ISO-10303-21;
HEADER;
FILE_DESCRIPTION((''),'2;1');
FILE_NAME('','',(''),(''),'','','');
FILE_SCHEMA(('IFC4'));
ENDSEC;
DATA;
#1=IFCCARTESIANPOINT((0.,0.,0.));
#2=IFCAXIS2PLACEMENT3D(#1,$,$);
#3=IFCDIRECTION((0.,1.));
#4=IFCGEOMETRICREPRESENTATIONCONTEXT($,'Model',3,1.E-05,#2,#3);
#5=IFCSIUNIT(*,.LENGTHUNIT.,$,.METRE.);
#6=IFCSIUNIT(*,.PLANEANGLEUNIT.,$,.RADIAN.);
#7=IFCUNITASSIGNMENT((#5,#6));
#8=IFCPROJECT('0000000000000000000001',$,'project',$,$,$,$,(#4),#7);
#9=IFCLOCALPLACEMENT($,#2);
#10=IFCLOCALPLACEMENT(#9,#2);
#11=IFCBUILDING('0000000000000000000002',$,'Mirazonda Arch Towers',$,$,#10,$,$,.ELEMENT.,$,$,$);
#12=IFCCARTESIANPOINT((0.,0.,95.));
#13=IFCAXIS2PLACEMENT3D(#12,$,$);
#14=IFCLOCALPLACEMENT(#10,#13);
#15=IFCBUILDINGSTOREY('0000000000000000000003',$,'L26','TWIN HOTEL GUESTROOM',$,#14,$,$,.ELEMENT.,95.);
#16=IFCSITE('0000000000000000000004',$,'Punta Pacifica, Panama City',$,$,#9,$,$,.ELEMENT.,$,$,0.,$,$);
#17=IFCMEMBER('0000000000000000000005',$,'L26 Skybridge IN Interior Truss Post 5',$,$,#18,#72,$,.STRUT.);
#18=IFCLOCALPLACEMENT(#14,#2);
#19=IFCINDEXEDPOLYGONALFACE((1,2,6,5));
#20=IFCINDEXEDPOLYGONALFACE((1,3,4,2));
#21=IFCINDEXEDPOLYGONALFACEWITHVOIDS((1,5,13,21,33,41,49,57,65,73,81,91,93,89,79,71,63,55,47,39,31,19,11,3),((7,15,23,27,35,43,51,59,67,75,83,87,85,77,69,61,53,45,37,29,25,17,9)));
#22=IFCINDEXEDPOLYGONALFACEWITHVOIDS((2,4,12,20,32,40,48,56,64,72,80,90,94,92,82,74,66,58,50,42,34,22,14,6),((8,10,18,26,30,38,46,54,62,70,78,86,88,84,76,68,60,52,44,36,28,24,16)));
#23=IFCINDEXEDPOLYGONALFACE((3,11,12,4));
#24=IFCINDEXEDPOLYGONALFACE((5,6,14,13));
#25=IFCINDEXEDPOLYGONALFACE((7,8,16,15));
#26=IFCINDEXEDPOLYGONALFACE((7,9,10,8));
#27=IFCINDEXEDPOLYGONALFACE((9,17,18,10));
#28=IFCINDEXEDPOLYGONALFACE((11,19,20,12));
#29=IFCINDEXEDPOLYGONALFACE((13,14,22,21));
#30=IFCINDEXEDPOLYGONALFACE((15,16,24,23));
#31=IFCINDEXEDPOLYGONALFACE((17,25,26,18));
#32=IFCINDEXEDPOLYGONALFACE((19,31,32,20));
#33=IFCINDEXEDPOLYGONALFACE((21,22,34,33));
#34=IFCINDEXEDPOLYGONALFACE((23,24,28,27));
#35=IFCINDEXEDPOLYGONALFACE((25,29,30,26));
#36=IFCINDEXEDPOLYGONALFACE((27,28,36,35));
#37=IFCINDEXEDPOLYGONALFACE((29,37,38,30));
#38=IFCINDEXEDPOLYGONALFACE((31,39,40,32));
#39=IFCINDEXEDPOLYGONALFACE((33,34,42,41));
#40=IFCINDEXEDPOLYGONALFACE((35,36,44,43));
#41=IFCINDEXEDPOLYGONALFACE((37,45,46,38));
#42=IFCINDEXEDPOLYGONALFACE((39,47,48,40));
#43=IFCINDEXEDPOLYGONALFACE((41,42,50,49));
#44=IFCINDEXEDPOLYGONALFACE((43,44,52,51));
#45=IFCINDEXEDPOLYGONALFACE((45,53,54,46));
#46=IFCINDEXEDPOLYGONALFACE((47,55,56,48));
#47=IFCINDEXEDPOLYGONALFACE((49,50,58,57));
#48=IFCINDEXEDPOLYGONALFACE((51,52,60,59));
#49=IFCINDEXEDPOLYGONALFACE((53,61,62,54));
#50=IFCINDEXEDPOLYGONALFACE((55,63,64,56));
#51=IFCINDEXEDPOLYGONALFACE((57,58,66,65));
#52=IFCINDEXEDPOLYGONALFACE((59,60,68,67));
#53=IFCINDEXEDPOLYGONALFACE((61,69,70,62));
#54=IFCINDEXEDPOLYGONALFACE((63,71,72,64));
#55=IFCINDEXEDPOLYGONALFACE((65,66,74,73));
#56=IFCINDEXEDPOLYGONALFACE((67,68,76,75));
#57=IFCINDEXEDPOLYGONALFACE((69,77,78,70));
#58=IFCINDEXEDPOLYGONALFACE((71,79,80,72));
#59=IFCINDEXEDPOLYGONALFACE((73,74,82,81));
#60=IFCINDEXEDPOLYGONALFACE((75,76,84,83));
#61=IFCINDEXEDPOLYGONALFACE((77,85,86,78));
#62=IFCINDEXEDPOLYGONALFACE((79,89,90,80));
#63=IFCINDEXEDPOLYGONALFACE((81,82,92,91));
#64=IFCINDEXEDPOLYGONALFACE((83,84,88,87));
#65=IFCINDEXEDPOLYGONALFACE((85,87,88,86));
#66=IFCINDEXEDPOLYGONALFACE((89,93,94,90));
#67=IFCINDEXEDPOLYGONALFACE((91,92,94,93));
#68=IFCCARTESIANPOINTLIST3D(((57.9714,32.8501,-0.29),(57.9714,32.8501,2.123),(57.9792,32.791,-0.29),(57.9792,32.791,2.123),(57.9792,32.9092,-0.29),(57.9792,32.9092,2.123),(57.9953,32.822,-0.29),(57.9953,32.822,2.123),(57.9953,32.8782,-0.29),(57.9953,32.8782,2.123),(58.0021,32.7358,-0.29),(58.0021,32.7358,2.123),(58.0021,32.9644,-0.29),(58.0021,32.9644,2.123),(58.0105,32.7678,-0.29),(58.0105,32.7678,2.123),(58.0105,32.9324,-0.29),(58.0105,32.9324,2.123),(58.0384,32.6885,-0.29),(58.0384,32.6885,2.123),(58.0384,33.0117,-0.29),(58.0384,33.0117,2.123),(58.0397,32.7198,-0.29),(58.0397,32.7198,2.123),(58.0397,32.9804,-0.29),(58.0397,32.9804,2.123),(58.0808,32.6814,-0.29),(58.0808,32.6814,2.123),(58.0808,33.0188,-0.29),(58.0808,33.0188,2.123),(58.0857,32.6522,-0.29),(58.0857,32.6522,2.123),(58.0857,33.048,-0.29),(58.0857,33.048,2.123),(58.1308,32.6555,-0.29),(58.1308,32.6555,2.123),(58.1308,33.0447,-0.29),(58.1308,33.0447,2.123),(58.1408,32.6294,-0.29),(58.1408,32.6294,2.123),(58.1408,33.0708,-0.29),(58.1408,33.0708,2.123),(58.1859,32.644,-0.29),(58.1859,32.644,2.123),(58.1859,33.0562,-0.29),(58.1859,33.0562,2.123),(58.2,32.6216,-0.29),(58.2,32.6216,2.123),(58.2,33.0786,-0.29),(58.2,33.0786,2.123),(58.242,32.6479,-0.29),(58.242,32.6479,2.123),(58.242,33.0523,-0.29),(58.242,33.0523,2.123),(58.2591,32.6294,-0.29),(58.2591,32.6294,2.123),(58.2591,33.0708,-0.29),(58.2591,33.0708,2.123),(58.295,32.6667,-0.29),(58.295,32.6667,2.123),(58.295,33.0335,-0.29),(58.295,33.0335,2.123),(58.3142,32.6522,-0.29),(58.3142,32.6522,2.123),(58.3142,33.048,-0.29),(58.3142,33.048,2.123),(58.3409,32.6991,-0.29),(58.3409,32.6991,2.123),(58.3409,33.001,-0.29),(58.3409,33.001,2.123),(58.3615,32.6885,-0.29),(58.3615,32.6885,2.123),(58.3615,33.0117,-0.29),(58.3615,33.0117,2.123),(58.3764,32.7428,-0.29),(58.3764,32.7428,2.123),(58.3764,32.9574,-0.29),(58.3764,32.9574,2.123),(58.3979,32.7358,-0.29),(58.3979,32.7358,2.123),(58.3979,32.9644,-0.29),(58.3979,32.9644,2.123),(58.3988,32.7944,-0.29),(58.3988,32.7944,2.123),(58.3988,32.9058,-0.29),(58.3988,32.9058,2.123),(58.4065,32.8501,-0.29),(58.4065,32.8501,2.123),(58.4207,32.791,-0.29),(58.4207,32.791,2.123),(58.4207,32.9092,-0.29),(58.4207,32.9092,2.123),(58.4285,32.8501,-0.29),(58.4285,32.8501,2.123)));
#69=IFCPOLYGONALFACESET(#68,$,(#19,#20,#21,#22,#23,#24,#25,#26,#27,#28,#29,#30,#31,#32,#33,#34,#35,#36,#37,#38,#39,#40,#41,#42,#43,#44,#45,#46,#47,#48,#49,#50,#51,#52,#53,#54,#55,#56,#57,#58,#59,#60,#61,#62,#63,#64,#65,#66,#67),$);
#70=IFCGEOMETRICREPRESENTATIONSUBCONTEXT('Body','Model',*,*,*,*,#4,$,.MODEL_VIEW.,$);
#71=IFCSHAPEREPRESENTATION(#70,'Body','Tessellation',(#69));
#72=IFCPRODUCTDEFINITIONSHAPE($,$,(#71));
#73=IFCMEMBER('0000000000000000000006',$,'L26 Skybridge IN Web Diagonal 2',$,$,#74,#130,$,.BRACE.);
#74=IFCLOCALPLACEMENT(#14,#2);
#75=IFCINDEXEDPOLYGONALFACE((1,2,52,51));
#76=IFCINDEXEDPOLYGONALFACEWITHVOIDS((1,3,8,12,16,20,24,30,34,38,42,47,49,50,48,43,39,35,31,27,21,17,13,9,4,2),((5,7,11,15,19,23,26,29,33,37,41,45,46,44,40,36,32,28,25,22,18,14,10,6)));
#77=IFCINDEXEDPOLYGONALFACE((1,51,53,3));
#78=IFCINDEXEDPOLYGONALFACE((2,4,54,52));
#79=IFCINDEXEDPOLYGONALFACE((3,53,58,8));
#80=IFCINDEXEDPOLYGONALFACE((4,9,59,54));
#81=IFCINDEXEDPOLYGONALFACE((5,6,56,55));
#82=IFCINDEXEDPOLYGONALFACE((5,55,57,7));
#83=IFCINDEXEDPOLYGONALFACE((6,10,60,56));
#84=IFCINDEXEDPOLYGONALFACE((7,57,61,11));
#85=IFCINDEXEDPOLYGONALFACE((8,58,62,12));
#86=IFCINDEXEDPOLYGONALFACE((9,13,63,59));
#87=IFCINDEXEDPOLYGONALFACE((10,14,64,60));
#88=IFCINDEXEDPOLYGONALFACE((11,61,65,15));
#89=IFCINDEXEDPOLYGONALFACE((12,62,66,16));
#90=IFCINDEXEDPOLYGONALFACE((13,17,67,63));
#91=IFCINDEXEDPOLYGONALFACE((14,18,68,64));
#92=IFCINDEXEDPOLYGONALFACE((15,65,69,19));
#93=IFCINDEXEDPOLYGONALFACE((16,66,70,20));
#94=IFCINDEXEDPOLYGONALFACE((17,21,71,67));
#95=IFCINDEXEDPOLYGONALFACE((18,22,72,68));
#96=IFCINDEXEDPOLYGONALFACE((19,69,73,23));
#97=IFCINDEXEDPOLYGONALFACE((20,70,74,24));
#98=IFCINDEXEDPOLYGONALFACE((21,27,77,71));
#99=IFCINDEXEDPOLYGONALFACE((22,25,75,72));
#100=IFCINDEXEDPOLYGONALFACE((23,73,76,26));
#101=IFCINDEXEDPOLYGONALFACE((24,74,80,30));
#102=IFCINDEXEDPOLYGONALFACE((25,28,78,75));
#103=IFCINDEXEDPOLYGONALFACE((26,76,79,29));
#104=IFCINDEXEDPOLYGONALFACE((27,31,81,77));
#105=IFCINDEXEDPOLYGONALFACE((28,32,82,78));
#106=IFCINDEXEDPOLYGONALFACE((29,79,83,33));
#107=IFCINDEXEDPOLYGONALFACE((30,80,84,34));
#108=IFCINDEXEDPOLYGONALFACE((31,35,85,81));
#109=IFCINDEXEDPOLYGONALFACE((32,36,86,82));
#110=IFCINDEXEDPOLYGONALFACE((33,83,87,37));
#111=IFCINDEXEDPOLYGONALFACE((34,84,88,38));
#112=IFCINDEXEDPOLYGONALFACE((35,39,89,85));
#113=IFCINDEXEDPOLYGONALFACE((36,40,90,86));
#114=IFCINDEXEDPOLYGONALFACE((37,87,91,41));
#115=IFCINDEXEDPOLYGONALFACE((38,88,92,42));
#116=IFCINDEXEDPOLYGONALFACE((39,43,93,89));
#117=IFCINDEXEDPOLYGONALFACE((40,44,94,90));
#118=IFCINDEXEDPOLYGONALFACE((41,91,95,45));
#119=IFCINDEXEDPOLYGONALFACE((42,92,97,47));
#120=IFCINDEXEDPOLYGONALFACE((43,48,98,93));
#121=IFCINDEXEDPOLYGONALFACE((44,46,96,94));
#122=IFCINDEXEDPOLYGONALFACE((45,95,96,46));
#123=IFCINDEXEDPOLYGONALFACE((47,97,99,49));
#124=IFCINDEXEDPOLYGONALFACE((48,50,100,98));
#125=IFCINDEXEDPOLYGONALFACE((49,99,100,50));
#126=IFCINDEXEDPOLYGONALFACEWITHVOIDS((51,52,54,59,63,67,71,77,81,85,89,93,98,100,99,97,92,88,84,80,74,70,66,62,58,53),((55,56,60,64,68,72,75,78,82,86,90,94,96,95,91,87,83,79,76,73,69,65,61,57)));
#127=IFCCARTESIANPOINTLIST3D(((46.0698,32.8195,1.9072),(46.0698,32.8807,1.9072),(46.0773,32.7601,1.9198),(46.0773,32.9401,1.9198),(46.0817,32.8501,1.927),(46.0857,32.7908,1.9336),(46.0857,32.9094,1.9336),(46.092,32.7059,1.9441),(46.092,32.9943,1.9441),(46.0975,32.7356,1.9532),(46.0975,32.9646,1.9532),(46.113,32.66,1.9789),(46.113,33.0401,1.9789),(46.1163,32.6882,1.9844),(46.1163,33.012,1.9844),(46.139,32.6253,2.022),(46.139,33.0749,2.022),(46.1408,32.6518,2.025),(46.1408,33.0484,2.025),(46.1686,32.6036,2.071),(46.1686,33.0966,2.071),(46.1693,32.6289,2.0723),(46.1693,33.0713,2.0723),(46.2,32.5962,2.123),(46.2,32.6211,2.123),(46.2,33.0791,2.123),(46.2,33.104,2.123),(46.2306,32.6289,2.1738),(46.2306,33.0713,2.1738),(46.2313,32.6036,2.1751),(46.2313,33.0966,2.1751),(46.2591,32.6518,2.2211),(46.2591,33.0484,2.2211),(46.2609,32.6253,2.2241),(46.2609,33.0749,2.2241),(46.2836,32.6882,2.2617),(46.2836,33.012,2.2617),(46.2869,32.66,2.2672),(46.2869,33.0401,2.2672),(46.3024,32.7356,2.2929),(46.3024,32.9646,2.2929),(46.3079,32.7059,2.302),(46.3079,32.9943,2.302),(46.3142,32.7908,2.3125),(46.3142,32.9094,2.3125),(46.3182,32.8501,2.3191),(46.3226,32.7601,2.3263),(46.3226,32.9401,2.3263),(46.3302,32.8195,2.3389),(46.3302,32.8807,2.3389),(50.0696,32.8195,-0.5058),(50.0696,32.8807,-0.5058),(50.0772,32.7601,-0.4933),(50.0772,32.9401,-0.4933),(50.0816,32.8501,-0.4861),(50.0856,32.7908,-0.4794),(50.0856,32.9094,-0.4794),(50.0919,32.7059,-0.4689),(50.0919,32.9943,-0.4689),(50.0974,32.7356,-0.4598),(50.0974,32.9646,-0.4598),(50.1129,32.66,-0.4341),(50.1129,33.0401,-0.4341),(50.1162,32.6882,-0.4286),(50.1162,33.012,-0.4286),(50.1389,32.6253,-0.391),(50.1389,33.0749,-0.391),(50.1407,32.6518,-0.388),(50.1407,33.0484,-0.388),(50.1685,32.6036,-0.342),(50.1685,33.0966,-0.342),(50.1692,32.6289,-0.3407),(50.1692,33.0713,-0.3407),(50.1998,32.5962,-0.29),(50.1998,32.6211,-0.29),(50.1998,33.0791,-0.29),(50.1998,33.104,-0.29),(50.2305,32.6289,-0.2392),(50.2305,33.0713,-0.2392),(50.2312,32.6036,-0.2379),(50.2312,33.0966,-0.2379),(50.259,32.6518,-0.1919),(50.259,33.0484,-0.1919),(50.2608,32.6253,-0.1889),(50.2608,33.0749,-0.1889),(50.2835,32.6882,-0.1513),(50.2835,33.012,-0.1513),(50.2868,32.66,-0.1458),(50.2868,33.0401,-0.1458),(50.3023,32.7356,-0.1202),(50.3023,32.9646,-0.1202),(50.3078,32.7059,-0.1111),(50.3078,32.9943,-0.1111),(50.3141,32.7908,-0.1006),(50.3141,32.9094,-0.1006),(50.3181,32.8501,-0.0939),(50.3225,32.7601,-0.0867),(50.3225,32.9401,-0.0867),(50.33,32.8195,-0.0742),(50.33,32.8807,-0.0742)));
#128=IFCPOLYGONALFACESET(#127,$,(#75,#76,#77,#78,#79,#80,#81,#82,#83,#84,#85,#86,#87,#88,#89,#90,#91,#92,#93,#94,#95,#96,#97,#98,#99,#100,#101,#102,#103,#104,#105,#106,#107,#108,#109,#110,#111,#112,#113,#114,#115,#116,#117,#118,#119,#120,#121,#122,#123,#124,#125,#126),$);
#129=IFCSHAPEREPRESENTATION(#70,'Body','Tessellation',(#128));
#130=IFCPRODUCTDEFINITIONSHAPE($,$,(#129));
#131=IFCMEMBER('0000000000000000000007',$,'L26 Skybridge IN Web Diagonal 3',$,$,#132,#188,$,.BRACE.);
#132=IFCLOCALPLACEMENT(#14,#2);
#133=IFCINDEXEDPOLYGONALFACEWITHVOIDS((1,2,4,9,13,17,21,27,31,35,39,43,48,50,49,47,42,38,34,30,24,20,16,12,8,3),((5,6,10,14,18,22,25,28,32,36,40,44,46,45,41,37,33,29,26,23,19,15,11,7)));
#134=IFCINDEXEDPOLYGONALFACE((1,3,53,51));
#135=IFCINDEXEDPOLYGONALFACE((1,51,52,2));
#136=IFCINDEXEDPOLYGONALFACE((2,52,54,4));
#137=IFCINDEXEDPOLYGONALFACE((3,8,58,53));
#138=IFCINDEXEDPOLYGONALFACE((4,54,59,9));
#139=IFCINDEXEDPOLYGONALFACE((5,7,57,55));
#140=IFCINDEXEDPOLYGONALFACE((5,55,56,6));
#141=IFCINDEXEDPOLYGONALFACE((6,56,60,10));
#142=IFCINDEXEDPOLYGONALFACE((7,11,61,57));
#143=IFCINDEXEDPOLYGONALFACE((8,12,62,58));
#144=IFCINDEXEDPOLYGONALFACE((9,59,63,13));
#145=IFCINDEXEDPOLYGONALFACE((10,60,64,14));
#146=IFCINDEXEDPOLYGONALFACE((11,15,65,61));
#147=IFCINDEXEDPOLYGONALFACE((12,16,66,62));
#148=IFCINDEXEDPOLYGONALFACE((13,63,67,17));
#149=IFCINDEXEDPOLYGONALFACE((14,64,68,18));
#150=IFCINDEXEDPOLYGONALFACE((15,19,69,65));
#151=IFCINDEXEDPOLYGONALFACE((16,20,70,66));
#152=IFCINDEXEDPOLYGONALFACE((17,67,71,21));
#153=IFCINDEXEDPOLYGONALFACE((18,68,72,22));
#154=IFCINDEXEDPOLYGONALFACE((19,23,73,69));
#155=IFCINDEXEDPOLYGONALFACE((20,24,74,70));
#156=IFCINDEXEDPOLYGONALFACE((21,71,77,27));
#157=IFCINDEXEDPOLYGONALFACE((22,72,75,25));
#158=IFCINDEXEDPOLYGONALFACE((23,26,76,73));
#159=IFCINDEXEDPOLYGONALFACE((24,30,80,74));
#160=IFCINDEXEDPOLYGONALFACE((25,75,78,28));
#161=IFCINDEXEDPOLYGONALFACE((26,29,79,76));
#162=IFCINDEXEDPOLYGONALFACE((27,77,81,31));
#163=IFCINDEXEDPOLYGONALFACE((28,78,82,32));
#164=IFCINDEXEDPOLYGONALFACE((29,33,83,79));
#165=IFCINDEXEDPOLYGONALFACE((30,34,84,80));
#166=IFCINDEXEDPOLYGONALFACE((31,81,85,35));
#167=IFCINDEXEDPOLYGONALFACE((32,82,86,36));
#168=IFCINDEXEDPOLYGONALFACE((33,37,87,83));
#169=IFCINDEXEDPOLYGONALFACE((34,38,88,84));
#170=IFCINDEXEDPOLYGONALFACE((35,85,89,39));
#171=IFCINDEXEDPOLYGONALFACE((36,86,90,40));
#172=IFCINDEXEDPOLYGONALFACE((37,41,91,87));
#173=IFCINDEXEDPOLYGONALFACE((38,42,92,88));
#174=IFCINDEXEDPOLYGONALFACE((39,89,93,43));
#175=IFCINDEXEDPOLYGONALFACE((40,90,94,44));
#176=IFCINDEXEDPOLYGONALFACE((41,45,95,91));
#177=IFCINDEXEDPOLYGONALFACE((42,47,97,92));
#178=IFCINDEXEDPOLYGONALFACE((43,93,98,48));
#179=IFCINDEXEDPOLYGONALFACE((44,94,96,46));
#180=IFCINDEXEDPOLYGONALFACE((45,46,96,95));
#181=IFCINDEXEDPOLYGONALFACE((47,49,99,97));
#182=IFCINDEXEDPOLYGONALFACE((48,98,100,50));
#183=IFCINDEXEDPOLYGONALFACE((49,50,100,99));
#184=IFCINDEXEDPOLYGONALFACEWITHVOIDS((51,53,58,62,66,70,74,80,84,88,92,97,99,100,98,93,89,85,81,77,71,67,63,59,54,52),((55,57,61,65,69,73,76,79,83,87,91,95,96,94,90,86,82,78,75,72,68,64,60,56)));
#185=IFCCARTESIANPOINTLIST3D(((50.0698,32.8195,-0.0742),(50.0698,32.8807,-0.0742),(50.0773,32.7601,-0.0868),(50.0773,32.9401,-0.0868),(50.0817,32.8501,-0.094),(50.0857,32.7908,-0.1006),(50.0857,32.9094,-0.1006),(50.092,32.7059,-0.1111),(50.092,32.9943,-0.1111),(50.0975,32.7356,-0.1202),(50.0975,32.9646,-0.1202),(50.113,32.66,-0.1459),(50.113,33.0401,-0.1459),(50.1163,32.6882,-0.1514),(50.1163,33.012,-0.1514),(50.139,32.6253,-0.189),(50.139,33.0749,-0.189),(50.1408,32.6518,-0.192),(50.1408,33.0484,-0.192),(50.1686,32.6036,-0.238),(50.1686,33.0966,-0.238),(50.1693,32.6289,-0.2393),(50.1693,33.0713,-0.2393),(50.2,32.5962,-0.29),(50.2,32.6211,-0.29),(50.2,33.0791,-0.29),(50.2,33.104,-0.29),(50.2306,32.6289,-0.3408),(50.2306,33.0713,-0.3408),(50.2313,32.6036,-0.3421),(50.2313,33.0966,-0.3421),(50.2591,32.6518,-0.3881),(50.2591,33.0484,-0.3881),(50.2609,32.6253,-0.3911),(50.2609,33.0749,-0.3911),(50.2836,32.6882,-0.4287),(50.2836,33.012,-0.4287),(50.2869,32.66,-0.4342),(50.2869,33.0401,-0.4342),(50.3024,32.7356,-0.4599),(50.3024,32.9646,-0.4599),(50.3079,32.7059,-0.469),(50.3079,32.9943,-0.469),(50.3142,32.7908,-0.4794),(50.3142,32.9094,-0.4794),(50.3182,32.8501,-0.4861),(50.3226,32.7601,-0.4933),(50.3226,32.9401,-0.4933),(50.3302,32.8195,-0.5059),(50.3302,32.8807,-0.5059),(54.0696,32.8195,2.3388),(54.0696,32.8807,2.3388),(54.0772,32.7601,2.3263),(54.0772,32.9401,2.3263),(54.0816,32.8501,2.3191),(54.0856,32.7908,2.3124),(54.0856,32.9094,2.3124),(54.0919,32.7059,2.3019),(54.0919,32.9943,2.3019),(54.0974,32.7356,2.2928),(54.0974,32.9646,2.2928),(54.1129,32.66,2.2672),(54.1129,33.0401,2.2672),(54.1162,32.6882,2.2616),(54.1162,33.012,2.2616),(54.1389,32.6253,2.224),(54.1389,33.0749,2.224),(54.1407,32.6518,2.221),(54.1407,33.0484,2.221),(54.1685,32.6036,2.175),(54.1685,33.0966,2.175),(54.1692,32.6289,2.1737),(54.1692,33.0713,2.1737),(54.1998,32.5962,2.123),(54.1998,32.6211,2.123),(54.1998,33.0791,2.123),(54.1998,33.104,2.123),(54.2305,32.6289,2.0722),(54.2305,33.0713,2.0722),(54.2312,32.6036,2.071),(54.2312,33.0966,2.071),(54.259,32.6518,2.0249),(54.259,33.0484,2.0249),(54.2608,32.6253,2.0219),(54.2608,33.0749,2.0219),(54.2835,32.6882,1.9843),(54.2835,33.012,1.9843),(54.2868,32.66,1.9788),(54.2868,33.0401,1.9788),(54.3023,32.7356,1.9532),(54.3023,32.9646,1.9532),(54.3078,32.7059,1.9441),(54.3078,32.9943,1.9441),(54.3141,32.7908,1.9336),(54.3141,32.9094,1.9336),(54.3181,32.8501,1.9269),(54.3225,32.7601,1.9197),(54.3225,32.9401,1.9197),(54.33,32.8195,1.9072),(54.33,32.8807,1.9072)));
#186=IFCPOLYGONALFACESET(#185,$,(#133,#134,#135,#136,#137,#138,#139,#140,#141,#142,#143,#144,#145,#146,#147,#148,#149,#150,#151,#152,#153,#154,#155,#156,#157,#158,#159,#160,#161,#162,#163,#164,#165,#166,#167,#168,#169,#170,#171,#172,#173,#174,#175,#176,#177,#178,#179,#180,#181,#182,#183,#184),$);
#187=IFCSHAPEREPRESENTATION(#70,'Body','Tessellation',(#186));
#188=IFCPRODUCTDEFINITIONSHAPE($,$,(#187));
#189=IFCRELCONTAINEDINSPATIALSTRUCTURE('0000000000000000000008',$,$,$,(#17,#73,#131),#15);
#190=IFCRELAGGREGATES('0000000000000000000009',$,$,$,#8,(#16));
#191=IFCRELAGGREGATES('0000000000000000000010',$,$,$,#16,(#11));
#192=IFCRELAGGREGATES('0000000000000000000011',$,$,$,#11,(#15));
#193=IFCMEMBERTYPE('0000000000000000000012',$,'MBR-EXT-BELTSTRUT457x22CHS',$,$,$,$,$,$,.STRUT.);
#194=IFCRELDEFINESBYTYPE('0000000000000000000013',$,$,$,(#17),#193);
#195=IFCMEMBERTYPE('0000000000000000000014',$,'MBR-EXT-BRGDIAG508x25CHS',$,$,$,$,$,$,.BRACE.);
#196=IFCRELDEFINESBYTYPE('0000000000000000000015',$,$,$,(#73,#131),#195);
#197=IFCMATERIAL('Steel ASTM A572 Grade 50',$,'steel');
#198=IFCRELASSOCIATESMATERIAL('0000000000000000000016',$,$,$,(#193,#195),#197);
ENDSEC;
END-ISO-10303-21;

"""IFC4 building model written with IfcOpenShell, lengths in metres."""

from ifc_helpers import new_model, si_unit, direction, frame, origin, origin_2d, place, context, subcontext, project, spatial, hollow_circle, extrude, material, material_profile, profile_set, type_object, element, save


model = new_model("IFC4")

# Units and contexts
model_context = context("Model", 3, precision=1e-05, world=origin(), true_north=direction((0.0, 1.0)))
body_context = subcontext(model_context, "Body", "Model", "MODEL_VIEW")
ifc_project = project(units=[si_unit("LENGTHUNIT", "METRE"), si_unit("PLANEANGLEUNIT", "RADIAN")], contexts=[model_context])

# Site, building, storey
site_placement = place(None, origin())
site = spatial("IfcSite", under=ifc_project, at=site_placement, Name="Punta Pacifica, Panama City", CompositionType="ELEMENT", RefElevation=0.0)
building_placement = place(site_placement, origin())
building = spatial("IfcBuilding", under=site, at=building_placement, Name="Mirazonda Arch Towers", CompositionType="ELEMENT")
storey_placement = place(building_placement, frame((0.0, 0.0, 95.0)))
storey = spatial("IfcBuildingStorey", under=building, at=storey_placement, Name="L26", Description="TWIN HOTEL GUESTROOM", CompositionType="ELEMENT", Elevation=95.0)

# Members
ifc_material_1 = material(Name="Steel ASTM A572 Grade 50", Category="steel")
ifc_material_profile_1 = material_profile(ifc_material_1, hollow_circle(Radius=0.2285, WallThickness=0.022, at=origin_2d()), Name="BELTSTRUT457x22CHS")
ifc_profile_set_1 = profile_set([ifc_material_profile_1], Name="Steel ASTM A572 Grade 50")
member_type_1 = type_object("IfcMemberType", Name="MBR-EXT-BELTSTRUT457x22CHS", PredefinedType="STRUT", material=ifc_profile_set_1)
for number, where, z_axis, x_axis, name in (
    (1, (58.2, 32.8501, -0.29), (0.0, 0.0, 1.0), (1.0, 0.0, 0.0), "L26 Skybridge IN Interior Truss Post 5"),
):
    element("IfcMember", number, at=place(storey_placement, frame(where, z_axis=z_axis, x_axis=x_axis)), inside=storey, type_object=member_type_1, Name=name, PredefinedType="STRUT", context=body_context, shape_type="SweptSolid", body=[
        extrude(hollow_circle(Radius=0.2285, WallThickness=0.022, at=origin_2d()), origin(), (0.0, 0.0, 1.0), 2.4131),
    ])
ifc_material_profile_2 = material_profile(ifc_material_1, hollow_circle(Radius=0.2539, WallThickness=0.0249, at=origin_2d()), Name="BRGDIAG508x25CHS")
ifc_profile_set_2 = profile_set([ifc_material_profile_2], Name="Steel ASTM A572 Grade 50")
member_type_2 = type_object("IfcMemberType", Name="MBR-EXT-BRGDIAG508x25CHS", PredefinedType="BRACE", material=ifc_profile_set_2)
for number, where, z_axis, x_axis, name in (
    (2, (46.2, 32.8501, 2.123), (0.856255, 0.0, -0.516554), (0.0, 1.0, 0.0), "L26 Skybridge IN Web Diagonal 2"),
    (3, (50.2, 32.8501, -0.29), (0.856255, 0.0, 0.516554), (0.0, 1.0, 0.0), "L26 Skybridge IN Web Diagonal 3"),
):
    element("IfcMember", number, at=place(storey_placement, frame(where, z_axis=z_axis, x_axis=x_axis)), inside=storey, type_object=member_type_2, Name=name, PredefinedType="BRACE", context=body_context, shape_type="SweptSolid", body=[
        extrude(hollow_circle(Radius=0.2539, WallThickness=0.0249, at=origin_2d()), origin(), (0.0, 0.0, 1.0), 4.6714),
    ])

save(model, "model.ifc")
